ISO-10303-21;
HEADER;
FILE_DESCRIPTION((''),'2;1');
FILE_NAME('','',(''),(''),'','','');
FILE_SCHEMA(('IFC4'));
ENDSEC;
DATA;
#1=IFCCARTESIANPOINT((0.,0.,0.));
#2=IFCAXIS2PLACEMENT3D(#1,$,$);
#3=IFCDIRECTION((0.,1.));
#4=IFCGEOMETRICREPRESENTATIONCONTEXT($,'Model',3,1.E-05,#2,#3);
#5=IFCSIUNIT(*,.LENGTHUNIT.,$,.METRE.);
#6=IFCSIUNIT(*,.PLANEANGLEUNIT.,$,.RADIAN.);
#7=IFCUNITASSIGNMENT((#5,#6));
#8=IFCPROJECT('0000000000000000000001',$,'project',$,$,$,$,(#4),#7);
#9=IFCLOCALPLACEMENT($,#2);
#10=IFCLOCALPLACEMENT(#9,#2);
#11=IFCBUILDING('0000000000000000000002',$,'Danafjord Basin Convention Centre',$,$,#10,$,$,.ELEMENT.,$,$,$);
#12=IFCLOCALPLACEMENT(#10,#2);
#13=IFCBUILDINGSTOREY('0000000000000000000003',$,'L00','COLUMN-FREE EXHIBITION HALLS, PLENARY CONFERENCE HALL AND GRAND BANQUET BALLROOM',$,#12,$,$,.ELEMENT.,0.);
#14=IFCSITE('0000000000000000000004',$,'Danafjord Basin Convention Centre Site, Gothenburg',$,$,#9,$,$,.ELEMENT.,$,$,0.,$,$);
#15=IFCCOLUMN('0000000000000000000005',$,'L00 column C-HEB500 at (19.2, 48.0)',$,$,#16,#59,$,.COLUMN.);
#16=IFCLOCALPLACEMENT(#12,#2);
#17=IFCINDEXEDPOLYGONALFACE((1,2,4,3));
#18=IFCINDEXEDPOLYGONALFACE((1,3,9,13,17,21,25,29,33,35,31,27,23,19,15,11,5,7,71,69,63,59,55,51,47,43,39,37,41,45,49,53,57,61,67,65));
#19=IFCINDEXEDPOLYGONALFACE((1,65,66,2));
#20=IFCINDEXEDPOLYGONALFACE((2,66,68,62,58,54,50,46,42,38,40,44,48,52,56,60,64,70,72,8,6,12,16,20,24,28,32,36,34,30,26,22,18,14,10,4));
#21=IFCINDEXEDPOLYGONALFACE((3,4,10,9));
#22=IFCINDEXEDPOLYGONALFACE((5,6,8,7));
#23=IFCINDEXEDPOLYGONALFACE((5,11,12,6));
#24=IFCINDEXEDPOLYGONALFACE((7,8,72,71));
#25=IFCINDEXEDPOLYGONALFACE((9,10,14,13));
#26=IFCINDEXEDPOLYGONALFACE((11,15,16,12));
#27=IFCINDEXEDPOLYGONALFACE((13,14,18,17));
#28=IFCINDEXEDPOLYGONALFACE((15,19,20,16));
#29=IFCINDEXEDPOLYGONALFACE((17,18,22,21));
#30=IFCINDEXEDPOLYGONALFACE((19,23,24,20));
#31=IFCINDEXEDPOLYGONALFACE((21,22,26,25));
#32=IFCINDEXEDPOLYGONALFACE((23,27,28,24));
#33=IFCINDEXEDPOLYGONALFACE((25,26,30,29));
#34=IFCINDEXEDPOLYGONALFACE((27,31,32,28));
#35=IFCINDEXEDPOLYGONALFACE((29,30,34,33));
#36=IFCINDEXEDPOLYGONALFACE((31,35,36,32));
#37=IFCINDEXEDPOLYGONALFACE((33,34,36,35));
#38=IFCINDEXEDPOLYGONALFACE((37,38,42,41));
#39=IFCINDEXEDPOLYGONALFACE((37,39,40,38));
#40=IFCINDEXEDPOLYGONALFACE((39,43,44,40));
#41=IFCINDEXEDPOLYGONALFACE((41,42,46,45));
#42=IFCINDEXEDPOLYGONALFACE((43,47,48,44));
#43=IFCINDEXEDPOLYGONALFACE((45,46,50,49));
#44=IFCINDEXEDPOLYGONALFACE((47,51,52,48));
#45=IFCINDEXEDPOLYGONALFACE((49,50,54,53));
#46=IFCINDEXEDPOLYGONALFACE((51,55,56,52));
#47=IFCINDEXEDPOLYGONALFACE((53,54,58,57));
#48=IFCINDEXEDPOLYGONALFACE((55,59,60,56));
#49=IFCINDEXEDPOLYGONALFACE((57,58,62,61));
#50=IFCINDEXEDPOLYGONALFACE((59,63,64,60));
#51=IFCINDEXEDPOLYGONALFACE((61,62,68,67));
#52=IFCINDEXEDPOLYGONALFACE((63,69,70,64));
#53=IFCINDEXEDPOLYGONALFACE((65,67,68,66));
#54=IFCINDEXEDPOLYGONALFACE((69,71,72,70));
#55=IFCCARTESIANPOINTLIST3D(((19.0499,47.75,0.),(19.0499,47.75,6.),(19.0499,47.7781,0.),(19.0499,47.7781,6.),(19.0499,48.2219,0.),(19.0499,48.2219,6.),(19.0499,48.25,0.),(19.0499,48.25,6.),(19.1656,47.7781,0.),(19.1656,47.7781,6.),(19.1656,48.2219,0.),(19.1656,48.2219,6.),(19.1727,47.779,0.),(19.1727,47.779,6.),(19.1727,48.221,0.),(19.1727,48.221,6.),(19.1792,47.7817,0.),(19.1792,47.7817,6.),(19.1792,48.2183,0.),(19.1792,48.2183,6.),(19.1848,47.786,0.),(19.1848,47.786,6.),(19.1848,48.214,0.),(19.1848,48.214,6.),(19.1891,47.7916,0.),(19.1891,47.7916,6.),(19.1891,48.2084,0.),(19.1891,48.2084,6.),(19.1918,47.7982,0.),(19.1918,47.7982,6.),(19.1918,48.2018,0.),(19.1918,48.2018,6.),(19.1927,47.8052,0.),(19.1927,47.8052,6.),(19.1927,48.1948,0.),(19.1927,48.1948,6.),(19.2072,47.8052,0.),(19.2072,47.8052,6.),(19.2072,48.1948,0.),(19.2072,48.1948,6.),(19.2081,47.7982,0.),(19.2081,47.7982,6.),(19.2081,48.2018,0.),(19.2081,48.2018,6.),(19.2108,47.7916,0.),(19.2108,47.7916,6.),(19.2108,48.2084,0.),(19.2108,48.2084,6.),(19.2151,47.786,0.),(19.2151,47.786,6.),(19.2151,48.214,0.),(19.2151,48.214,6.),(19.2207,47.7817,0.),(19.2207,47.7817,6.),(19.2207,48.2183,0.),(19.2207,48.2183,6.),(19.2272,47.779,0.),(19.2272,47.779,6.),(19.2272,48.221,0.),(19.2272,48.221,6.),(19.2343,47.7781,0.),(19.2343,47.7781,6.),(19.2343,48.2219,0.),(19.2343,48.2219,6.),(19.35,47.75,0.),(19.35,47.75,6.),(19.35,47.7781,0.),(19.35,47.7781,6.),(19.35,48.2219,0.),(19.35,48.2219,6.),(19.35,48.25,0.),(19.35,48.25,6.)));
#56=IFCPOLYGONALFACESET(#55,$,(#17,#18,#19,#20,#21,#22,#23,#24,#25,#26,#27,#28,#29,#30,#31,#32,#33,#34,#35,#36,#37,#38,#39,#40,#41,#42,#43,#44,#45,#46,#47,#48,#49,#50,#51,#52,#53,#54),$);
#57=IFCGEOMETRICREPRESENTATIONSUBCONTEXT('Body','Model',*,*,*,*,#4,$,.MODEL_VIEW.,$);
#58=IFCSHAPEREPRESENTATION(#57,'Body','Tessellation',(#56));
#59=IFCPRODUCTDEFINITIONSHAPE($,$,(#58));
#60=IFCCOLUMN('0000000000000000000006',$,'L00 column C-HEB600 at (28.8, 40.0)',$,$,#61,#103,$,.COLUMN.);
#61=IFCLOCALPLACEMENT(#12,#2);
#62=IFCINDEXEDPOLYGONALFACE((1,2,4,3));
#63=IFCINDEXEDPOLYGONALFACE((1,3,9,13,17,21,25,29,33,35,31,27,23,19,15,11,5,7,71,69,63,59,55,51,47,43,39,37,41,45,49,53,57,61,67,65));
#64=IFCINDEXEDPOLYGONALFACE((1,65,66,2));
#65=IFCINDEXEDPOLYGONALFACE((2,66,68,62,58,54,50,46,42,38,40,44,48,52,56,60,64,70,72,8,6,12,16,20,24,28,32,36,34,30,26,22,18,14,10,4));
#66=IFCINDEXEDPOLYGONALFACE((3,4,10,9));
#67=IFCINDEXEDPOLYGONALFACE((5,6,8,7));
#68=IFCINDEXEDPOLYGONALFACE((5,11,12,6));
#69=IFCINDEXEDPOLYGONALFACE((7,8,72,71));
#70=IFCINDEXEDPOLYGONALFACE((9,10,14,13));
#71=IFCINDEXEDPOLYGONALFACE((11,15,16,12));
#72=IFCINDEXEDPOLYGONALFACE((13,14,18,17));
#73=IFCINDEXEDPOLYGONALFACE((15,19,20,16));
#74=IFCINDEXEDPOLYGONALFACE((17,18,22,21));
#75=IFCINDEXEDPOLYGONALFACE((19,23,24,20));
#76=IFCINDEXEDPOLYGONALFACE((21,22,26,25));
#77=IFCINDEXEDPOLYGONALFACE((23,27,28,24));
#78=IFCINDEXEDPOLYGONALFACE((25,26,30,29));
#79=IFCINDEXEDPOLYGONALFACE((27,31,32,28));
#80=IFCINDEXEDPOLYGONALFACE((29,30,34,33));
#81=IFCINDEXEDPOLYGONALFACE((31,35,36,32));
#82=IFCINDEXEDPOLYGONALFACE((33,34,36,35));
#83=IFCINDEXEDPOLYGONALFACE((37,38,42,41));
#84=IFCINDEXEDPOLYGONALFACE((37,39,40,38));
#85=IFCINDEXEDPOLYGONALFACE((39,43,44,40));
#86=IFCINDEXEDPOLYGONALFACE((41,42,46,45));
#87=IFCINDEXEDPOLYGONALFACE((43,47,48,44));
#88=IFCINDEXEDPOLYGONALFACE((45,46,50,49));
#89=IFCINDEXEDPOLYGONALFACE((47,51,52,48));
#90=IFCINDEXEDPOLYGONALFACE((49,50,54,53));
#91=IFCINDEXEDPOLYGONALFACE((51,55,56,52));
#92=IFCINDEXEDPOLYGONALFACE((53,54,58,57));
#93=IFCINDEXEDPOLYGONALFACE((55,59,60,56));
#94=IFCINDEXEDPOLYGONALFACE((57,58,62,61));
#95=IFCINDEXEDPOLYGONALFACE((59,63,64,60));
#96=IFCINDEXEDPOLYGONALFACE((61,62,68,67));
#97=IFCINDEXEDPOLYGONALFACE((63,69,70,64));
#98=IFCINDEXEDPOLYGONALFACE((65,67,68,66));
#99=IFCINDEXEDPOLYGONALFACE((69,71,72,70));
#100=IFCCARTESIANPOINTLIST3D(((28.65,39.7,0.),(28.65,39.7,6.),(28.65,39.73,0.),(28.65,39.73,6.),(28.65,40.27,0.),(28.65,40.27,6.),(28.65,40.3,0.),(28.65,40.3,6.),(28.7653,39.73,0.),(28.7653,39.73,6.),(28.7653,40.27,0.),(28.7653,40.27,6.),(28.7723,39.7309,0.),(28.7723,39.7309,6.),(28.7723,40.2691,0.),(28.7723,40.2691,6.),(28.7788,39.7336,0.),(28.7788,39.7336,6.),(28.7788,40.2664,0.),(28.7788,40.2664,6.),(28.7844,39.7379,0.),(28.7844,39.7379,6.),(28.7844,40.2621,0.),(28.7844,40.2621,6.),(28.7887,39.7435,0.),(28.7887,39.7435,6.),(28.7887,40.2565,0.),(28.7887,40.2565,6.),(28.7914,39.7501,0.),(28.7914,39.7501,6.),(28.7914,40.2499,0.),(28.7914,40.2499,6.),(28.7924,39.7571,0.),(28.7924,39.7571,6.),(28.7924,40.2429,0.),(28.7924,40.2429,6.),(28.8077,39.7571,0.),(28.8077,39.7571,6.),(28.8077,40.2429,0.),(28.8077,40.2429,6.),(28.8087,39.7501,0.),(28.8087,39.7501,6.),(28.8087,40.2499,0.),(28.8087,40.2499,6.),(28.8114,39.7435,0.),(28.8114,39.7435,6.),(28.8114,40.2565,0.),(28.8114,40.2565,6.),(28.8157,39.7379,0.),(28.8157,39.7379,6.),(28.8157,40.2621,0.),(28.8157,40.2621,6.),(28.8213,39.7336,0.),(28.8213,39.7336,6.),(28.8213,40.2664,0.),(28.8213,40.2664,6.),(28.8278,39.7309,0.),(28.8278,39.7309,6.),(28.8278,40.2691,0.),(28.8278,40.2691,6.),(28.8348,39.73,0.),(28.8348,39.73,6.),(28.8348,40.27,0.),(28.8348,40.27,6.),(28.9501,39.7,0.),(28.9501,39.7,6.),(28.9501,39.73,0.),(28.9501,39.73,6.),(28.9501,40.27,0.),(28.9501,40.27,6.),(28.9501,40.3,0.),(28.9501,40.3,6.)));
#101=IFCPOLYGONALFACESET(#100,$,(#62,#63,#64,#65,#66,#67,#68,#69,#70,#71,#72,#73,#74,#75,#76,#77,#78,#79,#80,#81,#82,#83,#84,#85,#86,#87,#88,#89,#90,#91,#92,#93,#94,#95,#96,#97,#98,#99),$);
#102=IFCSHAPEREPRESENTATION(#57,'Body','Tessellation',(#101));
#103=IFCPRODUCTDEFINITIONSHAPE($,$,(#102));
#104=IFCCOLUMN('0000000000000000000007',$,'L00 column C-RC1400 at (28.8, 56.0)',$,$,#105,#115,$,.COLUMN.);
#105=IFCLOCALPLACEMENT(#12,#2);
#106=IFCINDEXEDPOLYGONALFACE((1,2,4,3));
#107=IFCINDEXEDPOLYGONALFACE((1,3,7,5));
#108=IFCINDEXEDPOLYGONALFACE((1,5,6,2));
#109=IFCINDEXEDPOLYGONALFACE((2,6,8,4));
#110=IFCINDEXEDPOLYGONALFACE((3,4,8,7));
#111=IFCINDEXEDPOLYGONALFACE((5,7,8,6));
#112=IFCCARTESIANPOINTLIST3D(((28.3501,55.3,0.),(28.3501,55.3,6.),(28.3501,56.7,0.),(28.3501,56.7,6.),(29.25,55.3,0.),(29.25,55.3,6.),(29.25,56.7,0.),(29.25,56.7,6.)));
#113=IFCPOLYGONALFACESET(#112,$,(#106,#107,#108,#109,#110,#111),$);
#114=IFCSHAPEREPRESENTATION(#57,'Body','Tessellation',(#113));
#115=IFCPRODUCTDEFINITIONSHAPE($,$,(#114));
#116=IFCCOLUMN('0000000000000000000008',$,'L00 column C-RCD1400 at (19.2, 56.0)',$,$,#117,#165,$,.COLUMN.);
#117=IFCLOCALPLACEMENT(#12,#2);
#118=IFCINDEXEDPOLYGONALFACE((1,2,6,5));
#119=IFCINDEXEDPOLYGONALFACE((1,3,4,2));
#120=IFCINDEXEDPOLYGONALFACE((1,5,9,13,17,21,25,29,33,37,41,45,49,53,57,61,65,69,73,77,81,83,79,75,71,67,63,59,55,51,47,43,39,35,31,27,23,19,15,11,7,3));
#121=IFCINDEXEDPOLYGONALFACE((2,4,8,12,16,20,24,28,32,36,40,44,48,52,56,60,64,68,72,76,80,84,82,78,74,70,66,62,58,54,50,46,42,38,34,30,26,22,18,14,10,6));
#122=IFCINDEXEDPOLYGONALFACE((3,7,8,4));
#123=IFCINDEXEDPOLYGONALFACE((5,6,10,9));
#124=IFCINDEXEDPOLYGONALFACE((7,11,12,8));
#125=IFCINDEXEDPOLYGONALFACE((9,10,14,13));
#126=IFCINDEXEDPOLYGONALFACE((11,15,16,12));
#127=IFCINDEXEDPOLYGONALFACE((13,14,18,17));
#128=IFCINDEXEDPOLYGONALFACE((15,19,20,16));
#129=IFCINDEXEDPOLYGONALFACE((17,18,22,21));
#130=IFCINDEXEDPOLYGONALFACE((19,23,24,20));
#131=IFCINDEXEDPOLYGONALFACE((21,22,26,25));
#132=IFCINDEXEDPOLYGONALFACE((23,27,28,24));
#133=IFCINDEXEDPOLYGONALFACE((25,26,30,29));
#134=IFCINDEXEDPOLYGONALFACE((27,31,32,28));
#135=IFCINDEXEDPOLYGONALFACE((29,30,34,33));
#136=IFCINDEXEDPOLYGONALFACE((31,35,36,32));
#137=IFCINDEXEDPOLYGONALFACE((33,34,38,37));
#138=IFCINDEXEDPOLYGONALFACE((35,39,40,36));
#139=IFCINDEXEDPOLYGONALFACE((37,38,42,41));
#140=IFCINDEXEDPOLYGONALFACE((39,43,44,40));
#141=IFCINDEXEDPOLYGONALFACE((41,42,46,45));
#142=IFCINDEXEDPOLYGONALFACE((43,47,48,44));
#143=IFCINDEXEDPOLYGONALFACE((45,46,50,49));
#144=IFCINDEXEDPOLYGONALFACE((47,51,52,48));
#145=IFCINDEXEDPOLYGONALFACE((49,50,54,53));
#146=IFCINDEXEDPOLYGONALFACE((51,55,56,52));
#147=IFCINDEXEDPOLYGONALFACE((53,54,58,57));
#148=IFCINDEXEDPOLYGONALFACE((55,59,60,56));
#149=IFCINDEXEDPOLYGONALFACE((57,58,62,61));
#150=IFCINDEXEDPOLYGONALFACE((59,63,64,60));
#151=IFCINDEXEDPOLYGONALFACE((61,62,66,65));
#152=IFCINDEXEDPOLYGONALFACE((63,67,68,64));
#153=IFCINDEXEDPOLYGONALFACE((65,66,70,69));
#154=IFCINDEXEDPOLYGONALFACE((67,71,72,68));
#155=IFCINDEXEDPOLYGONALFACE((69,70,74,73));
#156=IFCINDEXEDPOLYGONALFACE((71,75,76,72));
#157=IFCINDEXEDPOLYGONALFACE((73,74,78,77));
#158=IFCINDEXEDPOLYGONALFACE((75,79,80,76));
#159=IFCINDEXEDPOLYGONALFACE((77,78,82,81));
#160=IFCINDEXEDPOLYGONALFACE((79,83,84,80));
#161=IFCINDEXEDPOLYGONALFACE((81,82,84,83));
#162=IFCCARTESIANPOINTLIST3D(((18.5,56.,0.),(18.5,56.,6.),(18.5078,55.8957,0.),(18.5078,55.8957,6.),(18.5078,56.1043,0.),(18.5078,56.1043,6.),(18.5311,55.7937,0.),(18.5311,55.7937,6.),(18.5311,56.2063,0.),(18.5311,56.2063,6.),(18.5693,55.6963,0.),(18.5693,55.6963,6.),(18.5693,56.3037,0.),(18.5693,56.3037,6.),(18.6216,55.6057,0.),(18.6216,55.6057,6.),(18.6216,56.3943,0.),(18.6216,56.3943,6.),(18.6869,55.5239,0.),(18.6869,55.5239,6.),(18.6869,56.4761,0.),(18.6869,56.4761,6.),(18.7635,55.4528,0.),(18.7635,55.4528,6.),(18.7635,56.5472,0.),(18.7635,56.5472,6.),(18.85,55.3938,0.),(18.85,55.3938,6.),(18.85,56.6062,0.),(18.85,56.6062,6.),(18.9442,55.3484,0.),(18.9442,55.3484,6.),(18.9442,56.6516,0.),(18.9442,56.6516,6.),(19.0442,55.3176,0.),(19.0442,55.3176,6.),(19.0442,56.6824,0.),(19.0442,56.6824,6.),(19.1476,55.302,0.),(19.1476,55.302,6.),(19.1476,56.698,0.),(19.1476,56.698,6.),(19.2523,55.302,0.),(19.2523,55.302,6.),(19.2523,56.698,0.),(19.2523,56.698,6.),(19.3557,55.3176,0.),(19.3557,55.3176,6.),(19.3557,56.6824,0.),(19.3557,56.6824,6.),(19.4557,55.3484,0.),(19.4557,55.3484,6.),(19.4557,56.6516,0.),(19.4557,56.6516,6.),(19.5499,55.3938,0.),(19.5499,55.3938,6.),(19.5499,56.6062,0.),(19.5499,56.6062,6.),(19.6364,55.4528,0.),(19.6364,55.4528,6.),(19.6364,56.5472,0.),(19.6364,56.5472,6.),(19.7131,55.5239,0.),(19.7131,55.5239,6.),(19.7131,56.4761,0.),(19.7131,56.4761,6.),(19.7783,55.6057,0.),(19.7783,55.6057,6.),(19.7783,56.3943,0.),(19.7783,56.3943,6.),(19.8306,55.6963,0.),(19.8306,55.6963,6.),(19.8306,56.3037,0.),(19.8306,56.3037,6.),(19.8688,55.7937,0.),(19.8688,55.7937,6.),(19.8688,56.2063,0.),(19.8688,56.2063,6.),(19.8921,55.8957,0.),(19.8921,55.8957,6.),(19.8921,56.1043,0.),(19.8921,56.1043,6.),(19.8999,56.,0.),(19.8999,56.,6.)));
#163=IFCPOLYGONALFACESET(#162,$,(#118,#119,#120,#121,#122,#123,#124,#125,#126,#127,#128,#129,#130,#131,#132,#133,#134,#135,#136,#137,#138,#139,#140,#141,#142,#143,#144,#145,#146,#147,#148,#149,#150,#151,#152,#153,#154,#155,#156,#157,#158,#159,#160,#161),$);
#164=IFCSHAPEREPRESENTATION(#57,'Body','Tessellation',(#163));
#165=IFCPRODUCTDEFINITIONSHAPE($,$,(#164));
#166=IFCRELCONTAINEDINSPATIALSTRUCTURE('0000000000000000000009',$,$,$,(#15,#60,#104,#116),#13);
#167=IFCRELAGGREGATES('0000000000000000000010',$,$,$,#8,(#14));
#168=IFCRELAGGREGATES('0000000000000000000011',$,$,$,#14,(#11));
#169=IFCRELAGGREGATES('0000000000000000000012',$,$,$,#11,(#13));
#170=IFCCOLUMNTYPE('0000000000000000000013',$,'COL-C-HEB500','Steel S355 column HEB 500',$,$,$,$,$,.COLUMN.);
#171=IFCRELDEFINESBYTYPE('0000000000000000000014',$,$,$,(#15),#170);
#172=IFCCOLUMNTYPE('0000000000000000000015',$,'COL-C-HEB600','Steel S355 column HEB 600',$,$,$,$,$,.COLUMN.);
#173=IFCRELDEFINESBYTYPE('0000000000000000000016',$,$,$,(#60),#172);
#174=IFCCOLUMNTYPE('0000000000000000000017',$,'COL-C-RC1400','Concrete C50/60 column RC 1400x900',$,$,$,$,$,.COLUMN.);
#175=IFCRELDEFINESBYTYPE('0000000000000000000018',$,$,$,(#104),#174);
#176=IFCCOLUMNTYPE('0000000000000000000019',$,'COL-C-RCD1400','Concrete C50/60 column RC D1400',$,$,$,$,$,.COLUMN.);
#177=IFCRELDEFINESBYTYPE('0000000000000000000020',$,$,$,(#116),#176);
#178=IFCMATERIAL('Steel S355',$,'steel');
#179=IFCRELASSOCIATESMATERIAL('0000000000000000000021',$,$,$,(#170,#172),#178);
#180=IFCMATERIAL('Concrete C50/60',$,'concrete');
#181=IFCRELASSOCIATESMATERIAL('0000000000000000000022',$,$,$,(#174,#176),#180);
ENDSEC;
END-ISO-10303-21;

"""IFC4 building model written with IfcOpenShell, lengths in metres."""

from ifc_helpers import new_model, si_unit, direction, frame, origin, origin_2d, place, context, subcontext, project, spatial, rectangle, circle, i_section, extrude, material, material_profile, profile_set, type_object, element, save


model = new_model("IFC4")

# Units and contexts
model_context = context("Model", 3, precision=1e-05, world=origin(), true_north=direction((0.0, 1.0)))
body_context = subcontext(model_context, "Body", "Model", "MODEL_VIEW")
ifc_project = project(units=[si_unit("LENGTHUNIT", "METRE"), si_unit("PLANEANGLEUNIT", "RADIAN")], contexts=[model_context])

# Site, building, storey
site_placement = place(None, origin())
site = spatial("IfcSite", under=ifc_project, at=site_placement, Name="Danafjord Basin Convention Centre Site, Gothenburg", CompositionType="ELEMENT", RefElevation=0.0)
building_placement = place(site_placement, origin())
building = spatial("IfcBuilding", under=site, at=building_placement, Name="Danafjord Basin Convention Centre", CompositionType="ELEMENT")
storey_placement = place(building_placement, origin())
storey = spatial("IfcBuildingStorey", under=building, at=storey_placement, Name="L00", Description="COLUMN-FREE EXHIBITION HALLS, PLENARY CONFERENCE HALL AND GRAND BANQUET BALLROOM", CompositionType="ELEMENT", Elevation=0.0)

# Columns
ifc_material_1 = material(Name="Steel S355", Category="steel")
ifc_material_profile_1 = material_profile(ifc_material_1, i_section(OverallWidth=0.3, OverallDepth=0.5, WebThickness=0.0144, FlangeThickness=0.0281, FilletRadius=0.0271, at=origin_2d()), Name="HEB 500")
ifc_profile_set_1 = profile_set([ifc_material_profile_1], Name="Steel S355")
column_type_1 = type_object("IfcColumnType", Name="COL-C-HEB500", Description="Steel S355 column HEB 500", PredefinedType="COLUMN", material=ifc_profile_set_1)
column_1_placement = place(storey_placement, frame((19.2, 48.0, 0.0), z_axis=(0.0, 0.0, 1.0), x_axis=(1.0, 0.0, 0.0)))
element("IfcColumn", 1, at=column_1_placement, inside=storey, type_object=column_type_1, Name="L00 column C-HEB500 at (19.2, 48.0)", PredefinedType="COLUMN", context=body_context, shape_type="SweptSolid", body=[
    extrude(i_section(OverallWidth=0.3, OverallDepth=0.5, WebThickness=0.0144, FlangeThickness=0.0281, FilletRadius=0.0271, at=origin_2d()), origin(), (0.0, 0.0, 1.0), 6.0),
])
ifc_material_profile_2 = material_profile(ifc_material_1, i_section(OverallWidth=0.3, OverallDepth=0.6001, WebThickness=0.0154, FlangeThickness=0.03, FilletRadius=0.0271, at=origin_2d()), Name="HEB 600")
ifc_profile_set_2 = profile_set([ifc_material_profile_2], Name="Steel S355")
column_type_2 = type_object("IfcColumnType", Name="COL-C-HEB600", Description="Steel S355 column HEB 600", PredefinedType="COLUMN", material=ifc_profile_set_2)
column_2_placement = place(storey_placement, frame((28.8, 40.0, 0.0), z_axis=(0.0, 0.0, 1.0), x_axis=(1.0, 0.0, 0.0)))
element("IfcColumn", 2, at=column_2_placement, inside=storey, type_object=column_type_2, Name="L00 column C-HEB600 at (28.8, 40.0)", PredefinedType="COLUMN", context=body_context, shape_type="SweptSolid", body=[
    extrude(i_section(OverallWidth=0.3, OverallDepth=0.6001, WebThickness=0.0154, FlangeThickness=0.03, FilletRadius=0.0271, at=origin_2d()), origin(), (0.0, 0.0, 1.0), 6.0),
])
ifc_material_2 = material(Name="Concrete C50/60", Category="concrete")
ifc_material_profile_3 = material_profile(ifc_material_2, rectangle(XDim=0.8999, YDim=1.3999, at=origin_2d()), Name="RC 1400x900")
ifc_profile_set_3 = profile_set([ifc_material_profile_3], Name="Concrete C50/60")
column_type_3 = type_object("IfcColumnType", Name="COL-C-RC1400", Description="Concrete C50/60 column RC 1400x900", PredefinedType="COLUMN", material=ifc_profile_set_3)
column_3_placement = place(storey_placement, frame((28.8, 56.0, 0.0), z_axis=(0.0, 0.0, 1.0), x_axis=(1.0, 0.0, 0.0)))
element("IfcColumn", 3, at=column_3_placement, inside=storey, type_object=column_type_3, Name="L00 column C-RC1400 at (28.8, 56.0)", PredefinedType="COLUMN", context=body_context, shape_type="SweptSolid", body=[
    extrude(rectangle(XDim=0.8999, YDim=1.3999, at=origin_2d()), origin(), (0.0, 0.0, 1.0), 6.0),
])
ifc_material_profile_4 = material_profile(ifc_material_2, circle(Radius=0.7, at=origin_2d()), Name="RC D1400")
ifc_profile_set_4 = profile_set([ifc_material_profile_4], Name="Concrete C50/60")
column_type_4 = type_object("IfcColumnType", Name="COL-C-RCD1400", Description="Concrete C50/60 column RC D1400", PredefinedType="COLUMN", material=ifc_profile_set_4)
column_4_placement = place(storey_placement, frame((19.2, 56.0, 0.0), z_axis=(0.0, 0.0, 1.0), x_axis=(1.0, 0.0, 0.0)))
element("IfcColumn", 4, at=column_4_placement, inside=storey, type_object=column_type_4, Name="L00 column C-RCD1400 at (19.2, 56.0)", PredefinedType="COLUMN", context=body_context, shape_type="SweptSolid", body=[
    extrude(circle(Radius=0.7, at=origin_2d()), origin(), (0.0, 0.0, 1.0), 6.0),
])

save(model, "model.ifc")
